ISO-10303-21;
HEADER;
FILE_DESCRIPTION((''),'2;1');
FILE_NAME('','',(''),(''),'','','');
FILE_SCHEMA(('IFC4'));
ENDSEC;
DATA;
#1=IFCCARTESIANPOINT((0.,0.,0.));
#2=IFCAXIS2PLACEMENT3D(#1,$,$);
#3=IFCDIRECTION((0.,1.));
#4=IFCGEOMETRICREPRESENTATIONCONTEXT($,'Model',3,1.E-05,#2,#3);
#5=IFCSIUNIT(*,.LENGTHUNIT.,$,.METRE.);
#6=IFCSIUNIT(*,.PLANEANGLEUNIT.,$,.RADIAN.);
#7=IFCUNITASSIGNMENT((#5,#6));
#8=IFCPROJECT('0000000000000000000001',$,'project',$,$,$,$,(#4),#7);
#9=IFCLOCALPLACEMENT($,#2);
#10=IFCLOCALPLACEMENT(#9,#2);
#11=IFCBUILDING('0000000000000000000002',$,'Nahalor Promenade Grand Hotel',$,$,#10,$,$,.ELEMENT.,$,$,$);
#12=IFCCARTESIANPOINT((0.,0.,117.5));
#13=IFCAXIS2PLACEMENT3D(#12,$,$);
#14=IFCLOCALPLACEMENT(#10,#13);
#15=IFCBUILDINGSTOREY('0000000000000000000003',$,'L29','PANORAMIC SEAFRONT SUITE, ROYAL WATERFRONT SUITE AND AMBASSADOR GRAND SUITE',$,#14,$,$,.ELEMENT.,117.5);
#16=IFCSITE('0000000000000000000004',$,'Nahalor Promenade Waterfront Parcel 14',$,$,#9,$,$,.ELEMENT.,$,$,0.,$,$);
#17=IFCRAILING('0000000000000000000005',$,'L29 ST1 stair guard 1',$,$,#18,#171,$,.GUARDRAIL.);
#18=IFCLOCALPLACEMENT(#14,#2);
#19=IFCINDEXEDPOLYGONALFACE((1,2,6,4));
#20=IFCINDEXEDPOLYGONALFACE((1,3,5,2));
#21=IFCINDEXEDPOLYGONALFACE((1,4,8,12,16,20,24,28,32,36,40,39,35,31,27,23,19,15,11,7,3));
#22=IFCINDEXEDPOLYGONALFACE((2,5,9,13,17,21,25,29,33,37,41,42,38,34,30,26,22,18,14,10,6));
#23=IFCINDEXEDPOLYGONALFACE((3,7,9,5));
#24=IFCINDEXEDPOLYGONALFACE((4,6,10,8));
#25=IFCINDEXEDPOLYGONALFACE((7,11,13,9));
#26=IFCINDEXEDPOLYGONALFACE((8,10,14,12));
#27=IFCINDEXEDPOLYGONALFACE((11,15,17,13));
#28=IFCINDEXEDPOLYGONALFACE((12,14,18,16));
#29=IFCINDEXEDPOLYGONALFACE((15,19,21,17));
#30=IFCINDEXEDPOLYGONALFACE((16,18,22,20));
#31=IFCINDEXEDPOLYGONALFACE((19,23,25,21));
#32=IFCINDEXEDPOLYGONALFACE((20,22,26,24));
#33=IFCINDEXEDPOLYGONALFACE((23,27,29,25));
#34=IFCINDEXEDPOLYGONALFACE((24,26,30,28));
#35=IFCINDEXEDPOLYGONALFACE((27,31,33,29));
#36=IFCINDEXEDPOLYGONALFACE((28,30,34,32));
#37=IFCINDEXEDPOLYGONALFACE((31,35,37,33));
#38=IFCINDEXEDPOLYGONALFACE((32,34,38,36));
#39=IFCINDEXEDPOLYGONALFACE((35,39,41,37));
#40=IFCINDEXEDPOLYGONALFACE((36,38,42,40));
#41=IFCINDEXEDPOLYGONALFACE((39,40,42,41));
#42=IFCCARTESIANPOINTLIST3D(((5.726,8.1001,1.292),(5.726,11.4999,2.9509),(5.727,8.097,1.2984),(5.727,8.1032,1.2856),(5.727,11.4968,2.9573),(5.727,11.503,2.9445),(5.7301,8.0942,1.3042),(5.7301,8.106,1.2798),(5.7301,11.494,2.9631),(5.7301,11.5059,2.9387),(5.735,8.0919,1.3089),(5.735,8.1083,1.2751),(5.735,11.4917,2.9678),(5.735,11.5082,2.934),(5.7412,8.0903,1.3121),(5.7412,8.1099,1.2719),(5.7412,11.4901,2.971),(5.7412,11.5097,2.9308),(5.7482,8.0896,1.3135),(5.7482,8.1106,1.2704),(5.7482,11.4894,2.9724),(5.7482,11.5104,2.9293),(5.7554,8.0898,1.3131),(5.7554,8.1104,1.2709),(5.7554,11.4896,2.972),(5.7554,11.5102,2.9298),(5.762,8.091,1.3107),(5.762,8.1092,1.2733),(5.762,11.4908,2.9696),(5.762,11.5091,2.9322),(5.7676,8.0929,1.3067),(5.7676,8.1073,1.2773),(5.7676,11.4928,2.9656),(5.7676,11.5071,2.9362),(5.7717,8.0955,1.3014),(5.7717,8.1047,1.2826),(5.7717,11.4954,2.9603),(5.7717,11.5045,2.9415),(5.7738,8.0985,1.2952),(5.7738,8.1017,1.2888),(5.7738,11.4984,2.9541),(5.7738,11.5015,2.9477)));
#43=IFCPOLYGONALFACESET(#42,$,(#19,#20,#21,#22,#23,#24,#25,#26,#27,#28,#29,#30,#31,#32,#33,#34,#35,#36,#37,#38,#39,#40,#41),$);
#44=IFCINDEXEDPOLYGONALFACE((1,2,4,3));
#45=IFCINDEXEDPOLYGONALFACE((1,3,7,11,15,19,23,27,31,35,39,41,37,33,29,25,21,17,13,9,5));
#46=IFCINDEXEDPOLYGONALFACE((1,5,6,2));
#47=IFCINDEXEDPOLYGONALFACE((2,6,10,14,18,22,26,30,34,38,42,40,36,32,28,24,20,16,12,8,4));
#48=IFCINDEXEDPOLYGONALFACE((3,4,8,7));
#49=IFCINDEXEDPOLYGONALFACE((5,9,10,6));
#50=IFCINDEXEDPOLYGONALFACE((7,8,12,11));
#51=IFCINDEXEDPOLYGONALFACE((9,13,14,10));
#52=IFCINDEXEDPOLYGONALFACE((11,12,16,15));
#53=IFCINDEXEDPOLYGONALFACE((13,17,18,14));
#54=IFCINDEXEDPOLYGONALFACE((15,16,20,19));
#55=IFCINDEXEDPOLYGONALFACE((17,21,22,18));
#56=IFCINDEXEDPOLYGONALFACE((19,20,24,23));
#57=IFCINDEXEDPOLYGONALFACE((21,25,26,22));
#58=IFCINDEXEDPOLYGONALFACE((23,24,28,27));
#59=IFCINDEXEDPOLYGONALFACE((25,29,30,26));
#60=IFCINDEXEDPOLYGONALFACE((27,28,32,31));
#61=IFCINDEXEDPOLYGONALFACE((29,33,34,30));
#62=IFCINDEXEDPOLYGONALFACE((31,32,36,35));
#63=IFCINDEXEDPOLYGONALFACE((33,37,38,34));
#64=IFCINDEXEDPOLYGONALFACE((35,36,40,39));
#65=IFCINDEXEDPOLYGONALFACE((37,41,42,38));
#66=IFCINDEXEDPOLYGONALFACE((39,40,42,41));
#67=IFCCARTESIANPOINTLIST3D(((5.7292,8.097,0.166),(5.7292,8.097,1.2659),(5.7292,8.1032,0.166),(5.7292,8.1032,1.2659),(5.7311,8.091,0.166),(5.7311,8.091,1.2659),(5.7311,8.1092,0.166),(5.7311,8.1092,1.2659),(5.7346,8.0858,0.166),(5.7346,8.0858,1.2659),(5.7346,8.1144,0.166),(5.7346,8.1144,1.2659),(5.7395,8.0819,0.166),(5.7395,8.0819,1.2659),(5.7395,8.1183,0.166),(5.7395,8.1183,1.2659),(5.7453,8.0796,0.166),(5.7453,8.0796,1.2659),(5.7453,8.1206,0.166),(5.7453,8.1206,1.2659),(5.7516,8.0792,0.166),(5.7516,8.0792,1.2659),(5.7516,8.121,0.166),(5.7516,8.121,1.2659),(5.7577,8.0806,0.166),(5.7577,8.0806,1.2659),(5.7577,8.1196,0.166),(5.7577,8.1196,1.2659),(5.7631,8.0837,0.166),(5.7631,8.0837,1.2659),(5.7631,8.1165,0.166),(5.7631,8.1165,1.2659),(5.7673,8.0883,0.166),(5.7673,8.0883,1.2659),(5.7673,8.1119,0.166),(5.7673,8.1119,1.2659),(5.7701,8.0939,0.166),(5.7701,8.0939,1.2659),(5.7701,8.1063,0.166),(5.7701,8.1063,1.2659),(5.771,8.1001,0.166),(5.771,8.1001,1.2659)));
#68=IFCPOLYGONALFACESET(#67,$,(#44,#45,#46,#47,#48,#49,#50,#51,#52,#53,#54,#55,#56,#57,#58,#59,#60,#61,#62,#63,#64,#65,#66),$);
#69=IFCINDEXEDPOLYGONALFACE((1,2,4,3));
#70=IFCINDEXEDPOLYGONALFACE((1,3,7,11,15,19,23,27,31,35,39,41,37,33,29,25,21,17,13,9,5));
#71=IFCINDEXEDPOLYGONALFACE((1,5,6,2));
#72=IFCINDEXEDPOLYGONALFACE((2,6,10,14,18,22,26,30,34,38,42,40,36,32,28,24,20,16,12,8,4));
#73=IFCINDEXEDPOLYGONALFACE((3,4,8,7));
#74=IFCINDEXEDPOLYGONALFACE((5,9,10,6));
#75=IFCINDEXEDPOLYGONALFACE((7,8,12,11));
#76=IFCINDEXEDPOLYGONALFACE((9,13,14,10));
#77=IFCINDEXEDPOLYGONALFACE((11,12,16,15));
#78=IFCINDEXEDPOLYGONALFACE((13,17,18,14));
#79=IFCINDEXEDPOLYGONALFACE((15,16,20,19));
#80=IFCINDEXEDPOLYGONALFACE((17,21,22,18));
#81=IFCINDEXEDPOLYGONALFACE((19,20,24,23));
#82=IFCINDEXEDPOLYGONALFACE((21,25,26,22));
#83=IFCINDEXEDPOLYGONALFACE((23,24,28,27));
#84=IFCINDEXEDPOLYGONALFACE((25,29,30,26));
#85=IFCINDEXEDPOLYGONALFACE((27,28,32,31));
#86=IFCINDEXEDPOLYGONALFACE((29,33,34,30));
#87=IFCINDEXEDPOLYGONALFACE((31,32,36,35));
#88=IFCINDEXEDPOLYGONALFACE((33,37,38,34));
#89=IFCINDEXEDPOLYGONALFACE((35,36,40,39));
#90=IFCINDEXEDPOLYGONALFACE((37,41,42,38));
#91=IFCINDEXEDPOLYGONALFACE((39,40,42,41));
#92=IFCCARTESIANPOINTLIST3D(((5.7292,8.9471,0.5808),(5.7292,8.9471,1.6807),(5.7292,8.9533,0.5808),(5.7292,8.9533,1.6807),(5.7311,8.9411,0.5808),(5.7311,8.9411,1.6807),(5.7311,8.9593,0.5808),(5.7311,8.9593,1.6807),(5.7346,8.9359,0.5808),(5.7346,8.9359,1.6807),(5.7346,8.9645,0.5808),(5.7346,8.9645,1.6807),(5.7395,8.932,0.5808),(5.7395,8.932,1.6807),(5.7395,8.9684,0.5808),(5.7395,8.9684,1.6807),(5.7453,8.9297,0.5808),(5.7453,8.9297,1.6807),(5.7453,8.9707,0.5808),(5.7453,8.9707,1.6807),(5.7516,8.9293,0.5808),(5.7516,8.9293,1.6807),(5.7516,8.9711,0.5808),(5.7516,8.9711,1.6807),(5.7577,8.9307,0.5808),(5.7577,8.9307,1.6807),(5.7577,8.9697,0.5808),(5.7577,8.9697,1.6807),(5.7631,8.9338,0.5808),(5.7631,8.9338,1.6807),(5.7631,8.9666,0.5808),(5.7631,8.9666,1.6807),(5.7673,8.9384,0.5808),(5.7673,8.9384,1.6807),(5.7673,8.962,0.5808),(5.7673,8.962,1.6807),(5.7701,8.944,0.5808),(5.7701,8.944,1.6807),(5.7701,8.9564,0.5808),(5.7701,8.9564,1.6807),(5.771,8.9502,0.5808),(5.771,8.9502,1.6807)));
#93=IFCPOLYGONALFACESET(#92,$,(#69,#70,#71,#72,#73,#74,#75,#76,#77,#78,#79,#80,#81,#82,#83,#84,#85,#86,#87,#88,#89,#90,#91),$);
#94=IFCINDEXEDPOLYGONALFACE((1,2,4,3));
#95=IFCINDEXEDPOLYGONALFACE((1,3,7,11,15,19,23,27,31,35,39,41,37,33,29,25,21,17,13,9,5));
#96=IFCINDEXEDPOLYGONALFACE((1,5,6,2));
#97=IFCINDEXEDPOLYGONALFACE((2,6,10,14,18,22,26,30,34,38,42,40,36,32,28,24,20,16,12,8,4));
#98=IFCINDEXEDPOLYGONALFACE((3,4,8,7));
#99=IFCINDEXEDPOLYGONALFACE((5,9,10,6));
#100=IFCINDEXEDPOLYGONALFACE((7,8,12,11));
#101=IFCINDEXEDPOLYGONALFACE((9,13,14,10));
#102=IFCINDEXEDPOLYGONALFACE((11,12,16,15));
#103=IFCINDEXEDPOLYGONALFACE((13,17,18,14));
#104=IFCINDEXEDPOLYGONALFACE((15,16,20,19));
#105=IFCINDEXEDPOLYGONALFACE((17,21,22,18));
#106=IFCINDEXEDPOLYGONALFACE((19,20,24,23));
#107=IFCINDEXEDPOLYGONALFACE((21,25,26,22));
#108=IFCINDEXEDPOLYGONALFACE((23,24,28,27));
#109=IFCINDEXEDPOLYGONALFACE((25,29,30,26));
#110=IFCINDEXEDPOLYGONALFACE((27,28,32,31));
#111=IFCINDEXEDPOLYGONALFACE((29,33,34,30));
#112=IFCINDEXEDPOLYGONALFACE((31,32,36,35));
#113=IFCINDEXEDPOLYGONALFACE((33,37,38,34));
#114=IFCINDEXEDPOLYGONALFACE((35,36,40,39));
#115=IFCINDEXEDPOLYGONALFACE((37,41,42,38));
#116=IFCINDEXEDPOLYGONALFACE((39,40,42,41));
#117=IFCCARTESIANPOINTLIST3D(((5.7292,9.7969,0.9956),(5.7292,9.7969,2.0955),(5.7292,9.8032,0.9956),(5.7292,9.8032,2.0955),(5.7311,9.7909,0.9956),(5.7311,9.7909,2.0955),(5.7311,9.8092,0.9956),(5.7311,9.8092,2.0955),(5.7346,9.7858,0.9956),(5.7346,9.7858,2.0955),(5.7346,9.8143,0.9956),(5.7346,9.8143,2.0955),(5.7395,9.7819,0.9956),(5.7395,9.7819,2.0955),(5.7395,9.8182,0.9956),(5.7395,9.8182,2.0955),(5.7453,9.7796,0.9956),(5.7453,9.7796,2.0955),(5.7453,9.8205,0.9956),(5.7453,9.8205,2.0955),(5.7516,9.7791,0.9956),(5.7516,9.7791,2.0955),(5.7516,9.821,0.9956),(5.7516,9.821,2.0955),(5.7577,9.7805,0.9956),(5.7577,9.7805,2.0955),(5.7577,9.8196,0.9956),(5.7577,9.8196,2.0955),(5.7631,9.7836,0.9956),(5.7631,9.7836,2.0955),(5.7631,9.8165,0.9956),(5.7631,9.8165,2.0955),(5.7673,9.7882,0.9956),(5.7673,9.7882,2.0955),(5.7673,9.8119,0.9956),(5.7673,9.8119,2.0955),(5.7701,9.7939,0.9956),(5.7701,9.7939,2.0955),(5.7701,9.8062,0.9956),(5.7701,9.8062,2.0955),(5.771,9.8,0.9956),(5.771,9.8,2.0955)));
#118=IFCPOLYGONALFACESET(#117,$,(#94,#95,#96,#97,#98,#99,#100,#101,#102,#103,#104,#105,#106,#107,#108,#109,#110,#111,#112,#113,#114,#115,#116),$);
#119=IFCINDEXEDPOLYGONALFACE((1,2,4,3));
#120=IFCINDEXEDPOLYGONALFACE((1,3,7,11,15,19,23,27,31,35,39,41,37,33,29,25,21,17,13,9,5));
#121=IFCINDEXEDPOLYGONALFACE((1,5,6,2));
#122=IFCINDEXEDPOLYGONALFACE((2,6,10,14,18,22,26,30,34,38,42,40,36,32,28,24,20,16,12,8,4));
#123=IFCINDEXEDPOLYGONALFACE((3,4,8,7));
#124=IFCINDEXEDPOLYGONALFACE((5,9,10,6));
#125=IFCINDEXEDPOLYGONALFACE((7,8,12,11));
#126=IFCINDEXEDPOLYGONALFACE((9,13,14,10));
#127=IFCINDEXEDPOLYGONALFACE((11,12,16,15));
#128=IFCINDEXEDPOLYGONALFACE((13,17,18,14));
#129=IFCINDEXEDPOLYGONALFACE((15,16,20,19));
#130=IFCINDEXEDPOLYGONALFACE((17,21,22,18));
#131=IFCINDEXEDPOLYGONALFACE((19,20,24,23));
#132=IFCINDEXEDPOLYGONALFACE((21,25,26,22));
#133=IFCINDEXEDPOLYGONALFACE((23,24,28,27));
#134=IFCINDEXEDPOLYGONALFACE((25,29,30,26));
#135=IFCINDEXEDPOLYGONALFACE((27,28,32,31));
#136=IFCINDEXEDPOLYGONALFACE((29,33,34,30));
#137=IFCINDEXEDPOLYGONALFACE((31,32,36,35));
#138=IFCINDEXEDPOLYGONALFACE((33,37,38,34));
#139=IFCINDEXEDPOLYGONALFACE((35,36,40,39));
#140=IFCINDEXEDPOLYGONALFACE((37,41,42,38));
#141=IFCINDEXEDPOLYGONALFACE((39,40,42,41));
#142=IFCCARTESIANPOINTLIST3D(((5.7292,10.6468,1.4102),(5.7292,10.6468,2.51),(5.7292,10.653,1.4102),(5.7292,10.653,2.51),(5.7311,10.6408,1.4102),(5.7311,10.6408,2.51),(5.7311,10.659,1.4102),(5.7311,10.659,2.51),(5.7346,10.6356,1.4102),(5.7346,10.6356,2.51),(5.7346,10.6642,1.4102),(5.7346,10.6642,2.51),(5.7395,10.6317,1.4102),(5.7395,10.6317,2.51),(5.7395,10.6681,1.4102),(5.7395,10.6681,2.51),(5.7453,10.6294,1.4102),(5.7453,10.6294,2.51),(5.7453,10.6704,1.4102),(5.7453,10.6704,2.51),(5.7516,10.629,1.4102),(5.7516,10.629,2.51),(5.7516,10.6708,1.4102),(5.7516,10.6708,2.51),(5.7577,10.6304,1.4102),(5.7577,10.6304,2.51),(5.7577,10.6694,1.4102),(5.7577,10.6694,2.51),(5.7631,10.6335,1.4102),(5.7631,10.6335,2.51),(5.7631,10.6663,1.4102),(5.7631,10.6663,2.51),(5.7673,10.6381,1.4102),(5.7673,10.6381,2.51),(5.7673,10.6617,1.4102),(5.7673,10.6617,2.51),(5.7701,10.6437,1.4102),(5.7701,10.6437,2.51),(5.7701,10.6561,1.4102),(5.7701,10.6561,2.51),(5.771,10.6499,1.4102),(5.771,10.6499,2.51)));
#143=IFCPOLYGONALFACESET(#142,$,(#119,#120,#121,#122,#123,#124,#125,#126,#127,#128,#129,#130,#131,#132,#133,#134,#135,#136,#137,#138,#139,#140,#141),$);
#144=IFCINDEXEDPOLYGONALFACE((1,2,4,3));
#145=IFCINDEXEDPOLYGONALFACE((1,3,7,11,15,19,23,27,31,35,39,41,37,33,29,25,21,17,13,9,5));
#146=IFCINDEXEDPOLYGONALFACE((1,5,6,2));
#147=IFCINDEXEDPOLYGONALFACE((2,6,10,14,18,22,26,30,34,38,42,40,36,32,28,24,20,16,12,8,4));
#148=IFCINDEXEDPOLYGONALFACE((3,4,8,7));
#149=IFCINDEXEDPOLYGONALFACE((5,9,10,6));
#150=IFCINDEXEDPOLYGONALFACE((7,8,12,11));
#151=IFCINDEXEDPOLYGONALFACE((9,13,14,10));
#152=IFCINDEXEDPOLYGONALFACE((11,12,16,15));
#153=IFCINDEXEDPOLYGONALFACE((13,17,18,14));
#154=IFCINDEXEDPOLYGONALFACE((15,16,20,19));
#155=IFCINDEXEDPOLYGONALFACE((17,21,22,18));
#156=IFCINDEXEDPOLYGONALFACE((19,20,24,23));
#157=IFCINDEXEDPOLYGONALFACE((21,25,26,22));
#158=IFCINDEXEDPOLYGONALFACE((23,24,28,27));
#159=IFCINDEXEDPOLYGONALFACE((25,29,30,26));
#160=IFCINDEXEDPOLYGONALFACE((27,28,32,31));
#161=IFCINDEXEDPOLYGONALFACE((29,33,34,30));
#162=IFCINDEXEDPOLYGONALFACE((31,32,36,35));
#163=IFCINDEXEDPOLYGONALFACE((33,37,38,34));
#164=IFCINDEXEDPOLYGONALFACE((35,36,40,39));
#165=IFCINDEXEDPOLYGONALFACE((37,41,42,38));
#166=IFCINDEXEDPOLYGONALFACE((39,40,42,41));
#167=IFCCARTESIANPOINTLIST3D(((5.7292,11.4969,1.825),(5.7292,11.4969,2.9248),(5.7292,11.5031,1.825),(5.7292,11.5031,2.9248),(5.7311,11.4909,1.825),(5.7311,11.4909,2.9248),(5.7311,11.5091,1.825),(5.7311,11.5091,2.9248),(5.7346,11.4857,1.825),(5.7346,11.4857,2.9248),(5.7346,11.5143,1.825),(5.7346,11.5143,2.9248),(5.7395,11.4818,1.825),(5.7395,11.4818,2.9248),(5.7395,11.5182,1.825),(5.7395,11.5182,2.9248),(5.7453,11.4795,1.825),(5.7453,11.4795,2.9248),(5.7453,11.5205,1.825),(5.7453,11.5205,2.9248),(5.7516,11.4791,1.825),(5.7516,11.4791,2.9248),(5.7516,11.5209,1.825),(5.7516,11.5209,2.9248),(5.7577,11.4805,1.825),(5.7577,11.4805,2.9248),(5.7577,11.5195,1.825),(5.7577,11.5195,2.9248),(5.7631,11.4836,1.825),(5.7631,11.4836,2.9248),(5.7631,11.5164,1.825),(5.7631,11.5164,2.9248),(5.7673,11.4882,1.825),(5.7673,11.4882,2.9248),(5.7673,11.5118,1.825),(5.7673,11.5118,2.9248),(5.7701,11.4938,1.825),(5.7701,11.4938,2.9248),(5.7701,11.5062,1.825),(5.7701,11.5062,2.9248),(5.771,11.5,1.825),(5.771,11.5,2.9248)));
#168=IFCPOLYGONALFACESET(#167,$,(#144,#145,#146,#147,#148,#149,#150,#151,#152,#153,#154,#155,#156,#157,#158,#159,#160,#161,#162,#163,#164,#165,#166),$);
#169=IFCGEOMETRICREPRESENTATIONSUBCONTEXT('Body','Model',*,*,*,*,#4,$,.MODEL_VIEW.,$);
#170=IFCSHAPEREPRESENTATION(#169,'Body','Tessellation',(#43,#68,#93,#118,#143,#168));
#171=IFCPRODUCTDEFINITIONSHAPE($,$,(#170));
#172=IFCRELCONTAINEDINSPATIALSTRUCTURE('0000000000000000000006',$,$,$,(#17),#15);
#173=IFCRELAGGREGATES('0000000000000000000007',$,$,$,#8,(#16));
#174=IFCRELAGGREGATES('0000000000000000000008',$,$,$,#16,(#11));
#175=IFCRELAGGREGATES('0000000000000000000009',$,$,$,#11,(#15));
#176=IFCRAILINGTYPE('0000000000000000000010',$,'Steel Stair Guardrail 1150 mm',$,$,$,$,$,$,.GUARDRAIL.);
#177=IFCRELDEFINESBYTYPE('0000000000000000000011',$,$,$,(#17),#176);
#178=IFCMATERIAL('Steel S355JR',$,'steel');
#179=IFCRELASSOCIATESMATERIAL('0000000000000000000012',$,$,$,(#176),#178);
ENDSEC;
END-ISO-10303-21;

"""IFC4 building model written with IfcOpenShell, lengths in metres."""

from ifc_helpers import new_model, si_unit, direction, frame, origin, origin_2d, place, context, subcontext, project, spatial, circle, extrude, material, type_object, element, save


model = new_model("IFC4")

# Units and contexts
model_context = context("Model", 3, precision=1e-05, world=origin(), true_north=direction((0.0, 1.0)))
body_context = subcontext(model_context, "Body", "Model", "MODEL_VIEW")
ifc_project = project(units=[si_unit("LENGTHUNIT", "METRE"), si_unit("PLANEANGLEUNIT", "RADIAN")], contexts=[model_context])

# Site, building, storey
site_placement = place(None, origin())
site = spatial("IfcSite", under=ifc_project, at=site_placement, Name="Nahalor Promenade Waterfront Parcel 14", CompositionType="ELEMENT", RefElevation=0.0)
building_placement = place(site_placement, origin())
building = spatial("IfcBuilding", under=site, at=building_placement, Name="Nahalor Promenade Grand Hotel", CompositionType="ELEMENT")
storey_placement = place(building_placement, frame((0.0, 0.0, 117.5)))
storey = spatial("IfcBuildingStorey", under=building, at=storey_placement, Name="L29", Description="PANORAMIC SEAFRONT SUITE, ROYAL WATERFRONT SUITE AND AMBASSADOR GRAND SUITE", CompositionType="ELEMENT", Elevation=117.5)

# Shared definitions
ifc_material_1 = material(Name="Steel S355JR", Category="steel")

# Railing
railing_type_1 = type_object("IfcRailingType", Name="Steel Stair Guardrail 1150 mm", PredefinedType="GUARDRAIL", material=ifc_material_1)
railing_1_placement = place(storey_placement, frame((5.75, 8.1001, 0.166)))
element("IfcRailing", 1, at=railing_1_placement, inside=storey, type_object=railing_type_1, Name="L29 ST1 stair guard 1", PredefinedType="GUARDRAIL", context=body_context, shape_type="SweptSolid", body=[
    extrude(circle(Radius=0.024, at=origin_2d()), frame((0.0, 0.0, 1.126), z_axis=(0.0, 0.898722, 0.438519), x_axis=(-1.0, 0.0, 0.0)), (0.0, 0.0, 1.0), 3.783),
    extrude(circle(Radius=0.021, at=origin_2d()), origin(), (0.0, 0.0, 1.0), 1.0999),
    extrude(circle(Radius=0.021, at=origin_2d()), frame((0.0, 0.8501, 0.4148)), (0.0, 0.0, 1.0), 1.0999),
    extrude(circle(Radius=0.021, at=origin_2d()), frame((0.0, 1.7, 0.8296)), (0.0, 0.0, 1.0), 1.0999),
    extrude(circle(Radius=0.021, at=origin_2d()), frame((0.0, 2.5498, 1.2441)), (0.0, 0.0, 1.0), 1.0999),
    extrude(circle(Radius=0.021, at=origin_2d()), frame((0.0, 3.3999, 1.6589)), (0.0, 0.0, 1.0), 1.0999),
])

save(model, "model.ifc")
